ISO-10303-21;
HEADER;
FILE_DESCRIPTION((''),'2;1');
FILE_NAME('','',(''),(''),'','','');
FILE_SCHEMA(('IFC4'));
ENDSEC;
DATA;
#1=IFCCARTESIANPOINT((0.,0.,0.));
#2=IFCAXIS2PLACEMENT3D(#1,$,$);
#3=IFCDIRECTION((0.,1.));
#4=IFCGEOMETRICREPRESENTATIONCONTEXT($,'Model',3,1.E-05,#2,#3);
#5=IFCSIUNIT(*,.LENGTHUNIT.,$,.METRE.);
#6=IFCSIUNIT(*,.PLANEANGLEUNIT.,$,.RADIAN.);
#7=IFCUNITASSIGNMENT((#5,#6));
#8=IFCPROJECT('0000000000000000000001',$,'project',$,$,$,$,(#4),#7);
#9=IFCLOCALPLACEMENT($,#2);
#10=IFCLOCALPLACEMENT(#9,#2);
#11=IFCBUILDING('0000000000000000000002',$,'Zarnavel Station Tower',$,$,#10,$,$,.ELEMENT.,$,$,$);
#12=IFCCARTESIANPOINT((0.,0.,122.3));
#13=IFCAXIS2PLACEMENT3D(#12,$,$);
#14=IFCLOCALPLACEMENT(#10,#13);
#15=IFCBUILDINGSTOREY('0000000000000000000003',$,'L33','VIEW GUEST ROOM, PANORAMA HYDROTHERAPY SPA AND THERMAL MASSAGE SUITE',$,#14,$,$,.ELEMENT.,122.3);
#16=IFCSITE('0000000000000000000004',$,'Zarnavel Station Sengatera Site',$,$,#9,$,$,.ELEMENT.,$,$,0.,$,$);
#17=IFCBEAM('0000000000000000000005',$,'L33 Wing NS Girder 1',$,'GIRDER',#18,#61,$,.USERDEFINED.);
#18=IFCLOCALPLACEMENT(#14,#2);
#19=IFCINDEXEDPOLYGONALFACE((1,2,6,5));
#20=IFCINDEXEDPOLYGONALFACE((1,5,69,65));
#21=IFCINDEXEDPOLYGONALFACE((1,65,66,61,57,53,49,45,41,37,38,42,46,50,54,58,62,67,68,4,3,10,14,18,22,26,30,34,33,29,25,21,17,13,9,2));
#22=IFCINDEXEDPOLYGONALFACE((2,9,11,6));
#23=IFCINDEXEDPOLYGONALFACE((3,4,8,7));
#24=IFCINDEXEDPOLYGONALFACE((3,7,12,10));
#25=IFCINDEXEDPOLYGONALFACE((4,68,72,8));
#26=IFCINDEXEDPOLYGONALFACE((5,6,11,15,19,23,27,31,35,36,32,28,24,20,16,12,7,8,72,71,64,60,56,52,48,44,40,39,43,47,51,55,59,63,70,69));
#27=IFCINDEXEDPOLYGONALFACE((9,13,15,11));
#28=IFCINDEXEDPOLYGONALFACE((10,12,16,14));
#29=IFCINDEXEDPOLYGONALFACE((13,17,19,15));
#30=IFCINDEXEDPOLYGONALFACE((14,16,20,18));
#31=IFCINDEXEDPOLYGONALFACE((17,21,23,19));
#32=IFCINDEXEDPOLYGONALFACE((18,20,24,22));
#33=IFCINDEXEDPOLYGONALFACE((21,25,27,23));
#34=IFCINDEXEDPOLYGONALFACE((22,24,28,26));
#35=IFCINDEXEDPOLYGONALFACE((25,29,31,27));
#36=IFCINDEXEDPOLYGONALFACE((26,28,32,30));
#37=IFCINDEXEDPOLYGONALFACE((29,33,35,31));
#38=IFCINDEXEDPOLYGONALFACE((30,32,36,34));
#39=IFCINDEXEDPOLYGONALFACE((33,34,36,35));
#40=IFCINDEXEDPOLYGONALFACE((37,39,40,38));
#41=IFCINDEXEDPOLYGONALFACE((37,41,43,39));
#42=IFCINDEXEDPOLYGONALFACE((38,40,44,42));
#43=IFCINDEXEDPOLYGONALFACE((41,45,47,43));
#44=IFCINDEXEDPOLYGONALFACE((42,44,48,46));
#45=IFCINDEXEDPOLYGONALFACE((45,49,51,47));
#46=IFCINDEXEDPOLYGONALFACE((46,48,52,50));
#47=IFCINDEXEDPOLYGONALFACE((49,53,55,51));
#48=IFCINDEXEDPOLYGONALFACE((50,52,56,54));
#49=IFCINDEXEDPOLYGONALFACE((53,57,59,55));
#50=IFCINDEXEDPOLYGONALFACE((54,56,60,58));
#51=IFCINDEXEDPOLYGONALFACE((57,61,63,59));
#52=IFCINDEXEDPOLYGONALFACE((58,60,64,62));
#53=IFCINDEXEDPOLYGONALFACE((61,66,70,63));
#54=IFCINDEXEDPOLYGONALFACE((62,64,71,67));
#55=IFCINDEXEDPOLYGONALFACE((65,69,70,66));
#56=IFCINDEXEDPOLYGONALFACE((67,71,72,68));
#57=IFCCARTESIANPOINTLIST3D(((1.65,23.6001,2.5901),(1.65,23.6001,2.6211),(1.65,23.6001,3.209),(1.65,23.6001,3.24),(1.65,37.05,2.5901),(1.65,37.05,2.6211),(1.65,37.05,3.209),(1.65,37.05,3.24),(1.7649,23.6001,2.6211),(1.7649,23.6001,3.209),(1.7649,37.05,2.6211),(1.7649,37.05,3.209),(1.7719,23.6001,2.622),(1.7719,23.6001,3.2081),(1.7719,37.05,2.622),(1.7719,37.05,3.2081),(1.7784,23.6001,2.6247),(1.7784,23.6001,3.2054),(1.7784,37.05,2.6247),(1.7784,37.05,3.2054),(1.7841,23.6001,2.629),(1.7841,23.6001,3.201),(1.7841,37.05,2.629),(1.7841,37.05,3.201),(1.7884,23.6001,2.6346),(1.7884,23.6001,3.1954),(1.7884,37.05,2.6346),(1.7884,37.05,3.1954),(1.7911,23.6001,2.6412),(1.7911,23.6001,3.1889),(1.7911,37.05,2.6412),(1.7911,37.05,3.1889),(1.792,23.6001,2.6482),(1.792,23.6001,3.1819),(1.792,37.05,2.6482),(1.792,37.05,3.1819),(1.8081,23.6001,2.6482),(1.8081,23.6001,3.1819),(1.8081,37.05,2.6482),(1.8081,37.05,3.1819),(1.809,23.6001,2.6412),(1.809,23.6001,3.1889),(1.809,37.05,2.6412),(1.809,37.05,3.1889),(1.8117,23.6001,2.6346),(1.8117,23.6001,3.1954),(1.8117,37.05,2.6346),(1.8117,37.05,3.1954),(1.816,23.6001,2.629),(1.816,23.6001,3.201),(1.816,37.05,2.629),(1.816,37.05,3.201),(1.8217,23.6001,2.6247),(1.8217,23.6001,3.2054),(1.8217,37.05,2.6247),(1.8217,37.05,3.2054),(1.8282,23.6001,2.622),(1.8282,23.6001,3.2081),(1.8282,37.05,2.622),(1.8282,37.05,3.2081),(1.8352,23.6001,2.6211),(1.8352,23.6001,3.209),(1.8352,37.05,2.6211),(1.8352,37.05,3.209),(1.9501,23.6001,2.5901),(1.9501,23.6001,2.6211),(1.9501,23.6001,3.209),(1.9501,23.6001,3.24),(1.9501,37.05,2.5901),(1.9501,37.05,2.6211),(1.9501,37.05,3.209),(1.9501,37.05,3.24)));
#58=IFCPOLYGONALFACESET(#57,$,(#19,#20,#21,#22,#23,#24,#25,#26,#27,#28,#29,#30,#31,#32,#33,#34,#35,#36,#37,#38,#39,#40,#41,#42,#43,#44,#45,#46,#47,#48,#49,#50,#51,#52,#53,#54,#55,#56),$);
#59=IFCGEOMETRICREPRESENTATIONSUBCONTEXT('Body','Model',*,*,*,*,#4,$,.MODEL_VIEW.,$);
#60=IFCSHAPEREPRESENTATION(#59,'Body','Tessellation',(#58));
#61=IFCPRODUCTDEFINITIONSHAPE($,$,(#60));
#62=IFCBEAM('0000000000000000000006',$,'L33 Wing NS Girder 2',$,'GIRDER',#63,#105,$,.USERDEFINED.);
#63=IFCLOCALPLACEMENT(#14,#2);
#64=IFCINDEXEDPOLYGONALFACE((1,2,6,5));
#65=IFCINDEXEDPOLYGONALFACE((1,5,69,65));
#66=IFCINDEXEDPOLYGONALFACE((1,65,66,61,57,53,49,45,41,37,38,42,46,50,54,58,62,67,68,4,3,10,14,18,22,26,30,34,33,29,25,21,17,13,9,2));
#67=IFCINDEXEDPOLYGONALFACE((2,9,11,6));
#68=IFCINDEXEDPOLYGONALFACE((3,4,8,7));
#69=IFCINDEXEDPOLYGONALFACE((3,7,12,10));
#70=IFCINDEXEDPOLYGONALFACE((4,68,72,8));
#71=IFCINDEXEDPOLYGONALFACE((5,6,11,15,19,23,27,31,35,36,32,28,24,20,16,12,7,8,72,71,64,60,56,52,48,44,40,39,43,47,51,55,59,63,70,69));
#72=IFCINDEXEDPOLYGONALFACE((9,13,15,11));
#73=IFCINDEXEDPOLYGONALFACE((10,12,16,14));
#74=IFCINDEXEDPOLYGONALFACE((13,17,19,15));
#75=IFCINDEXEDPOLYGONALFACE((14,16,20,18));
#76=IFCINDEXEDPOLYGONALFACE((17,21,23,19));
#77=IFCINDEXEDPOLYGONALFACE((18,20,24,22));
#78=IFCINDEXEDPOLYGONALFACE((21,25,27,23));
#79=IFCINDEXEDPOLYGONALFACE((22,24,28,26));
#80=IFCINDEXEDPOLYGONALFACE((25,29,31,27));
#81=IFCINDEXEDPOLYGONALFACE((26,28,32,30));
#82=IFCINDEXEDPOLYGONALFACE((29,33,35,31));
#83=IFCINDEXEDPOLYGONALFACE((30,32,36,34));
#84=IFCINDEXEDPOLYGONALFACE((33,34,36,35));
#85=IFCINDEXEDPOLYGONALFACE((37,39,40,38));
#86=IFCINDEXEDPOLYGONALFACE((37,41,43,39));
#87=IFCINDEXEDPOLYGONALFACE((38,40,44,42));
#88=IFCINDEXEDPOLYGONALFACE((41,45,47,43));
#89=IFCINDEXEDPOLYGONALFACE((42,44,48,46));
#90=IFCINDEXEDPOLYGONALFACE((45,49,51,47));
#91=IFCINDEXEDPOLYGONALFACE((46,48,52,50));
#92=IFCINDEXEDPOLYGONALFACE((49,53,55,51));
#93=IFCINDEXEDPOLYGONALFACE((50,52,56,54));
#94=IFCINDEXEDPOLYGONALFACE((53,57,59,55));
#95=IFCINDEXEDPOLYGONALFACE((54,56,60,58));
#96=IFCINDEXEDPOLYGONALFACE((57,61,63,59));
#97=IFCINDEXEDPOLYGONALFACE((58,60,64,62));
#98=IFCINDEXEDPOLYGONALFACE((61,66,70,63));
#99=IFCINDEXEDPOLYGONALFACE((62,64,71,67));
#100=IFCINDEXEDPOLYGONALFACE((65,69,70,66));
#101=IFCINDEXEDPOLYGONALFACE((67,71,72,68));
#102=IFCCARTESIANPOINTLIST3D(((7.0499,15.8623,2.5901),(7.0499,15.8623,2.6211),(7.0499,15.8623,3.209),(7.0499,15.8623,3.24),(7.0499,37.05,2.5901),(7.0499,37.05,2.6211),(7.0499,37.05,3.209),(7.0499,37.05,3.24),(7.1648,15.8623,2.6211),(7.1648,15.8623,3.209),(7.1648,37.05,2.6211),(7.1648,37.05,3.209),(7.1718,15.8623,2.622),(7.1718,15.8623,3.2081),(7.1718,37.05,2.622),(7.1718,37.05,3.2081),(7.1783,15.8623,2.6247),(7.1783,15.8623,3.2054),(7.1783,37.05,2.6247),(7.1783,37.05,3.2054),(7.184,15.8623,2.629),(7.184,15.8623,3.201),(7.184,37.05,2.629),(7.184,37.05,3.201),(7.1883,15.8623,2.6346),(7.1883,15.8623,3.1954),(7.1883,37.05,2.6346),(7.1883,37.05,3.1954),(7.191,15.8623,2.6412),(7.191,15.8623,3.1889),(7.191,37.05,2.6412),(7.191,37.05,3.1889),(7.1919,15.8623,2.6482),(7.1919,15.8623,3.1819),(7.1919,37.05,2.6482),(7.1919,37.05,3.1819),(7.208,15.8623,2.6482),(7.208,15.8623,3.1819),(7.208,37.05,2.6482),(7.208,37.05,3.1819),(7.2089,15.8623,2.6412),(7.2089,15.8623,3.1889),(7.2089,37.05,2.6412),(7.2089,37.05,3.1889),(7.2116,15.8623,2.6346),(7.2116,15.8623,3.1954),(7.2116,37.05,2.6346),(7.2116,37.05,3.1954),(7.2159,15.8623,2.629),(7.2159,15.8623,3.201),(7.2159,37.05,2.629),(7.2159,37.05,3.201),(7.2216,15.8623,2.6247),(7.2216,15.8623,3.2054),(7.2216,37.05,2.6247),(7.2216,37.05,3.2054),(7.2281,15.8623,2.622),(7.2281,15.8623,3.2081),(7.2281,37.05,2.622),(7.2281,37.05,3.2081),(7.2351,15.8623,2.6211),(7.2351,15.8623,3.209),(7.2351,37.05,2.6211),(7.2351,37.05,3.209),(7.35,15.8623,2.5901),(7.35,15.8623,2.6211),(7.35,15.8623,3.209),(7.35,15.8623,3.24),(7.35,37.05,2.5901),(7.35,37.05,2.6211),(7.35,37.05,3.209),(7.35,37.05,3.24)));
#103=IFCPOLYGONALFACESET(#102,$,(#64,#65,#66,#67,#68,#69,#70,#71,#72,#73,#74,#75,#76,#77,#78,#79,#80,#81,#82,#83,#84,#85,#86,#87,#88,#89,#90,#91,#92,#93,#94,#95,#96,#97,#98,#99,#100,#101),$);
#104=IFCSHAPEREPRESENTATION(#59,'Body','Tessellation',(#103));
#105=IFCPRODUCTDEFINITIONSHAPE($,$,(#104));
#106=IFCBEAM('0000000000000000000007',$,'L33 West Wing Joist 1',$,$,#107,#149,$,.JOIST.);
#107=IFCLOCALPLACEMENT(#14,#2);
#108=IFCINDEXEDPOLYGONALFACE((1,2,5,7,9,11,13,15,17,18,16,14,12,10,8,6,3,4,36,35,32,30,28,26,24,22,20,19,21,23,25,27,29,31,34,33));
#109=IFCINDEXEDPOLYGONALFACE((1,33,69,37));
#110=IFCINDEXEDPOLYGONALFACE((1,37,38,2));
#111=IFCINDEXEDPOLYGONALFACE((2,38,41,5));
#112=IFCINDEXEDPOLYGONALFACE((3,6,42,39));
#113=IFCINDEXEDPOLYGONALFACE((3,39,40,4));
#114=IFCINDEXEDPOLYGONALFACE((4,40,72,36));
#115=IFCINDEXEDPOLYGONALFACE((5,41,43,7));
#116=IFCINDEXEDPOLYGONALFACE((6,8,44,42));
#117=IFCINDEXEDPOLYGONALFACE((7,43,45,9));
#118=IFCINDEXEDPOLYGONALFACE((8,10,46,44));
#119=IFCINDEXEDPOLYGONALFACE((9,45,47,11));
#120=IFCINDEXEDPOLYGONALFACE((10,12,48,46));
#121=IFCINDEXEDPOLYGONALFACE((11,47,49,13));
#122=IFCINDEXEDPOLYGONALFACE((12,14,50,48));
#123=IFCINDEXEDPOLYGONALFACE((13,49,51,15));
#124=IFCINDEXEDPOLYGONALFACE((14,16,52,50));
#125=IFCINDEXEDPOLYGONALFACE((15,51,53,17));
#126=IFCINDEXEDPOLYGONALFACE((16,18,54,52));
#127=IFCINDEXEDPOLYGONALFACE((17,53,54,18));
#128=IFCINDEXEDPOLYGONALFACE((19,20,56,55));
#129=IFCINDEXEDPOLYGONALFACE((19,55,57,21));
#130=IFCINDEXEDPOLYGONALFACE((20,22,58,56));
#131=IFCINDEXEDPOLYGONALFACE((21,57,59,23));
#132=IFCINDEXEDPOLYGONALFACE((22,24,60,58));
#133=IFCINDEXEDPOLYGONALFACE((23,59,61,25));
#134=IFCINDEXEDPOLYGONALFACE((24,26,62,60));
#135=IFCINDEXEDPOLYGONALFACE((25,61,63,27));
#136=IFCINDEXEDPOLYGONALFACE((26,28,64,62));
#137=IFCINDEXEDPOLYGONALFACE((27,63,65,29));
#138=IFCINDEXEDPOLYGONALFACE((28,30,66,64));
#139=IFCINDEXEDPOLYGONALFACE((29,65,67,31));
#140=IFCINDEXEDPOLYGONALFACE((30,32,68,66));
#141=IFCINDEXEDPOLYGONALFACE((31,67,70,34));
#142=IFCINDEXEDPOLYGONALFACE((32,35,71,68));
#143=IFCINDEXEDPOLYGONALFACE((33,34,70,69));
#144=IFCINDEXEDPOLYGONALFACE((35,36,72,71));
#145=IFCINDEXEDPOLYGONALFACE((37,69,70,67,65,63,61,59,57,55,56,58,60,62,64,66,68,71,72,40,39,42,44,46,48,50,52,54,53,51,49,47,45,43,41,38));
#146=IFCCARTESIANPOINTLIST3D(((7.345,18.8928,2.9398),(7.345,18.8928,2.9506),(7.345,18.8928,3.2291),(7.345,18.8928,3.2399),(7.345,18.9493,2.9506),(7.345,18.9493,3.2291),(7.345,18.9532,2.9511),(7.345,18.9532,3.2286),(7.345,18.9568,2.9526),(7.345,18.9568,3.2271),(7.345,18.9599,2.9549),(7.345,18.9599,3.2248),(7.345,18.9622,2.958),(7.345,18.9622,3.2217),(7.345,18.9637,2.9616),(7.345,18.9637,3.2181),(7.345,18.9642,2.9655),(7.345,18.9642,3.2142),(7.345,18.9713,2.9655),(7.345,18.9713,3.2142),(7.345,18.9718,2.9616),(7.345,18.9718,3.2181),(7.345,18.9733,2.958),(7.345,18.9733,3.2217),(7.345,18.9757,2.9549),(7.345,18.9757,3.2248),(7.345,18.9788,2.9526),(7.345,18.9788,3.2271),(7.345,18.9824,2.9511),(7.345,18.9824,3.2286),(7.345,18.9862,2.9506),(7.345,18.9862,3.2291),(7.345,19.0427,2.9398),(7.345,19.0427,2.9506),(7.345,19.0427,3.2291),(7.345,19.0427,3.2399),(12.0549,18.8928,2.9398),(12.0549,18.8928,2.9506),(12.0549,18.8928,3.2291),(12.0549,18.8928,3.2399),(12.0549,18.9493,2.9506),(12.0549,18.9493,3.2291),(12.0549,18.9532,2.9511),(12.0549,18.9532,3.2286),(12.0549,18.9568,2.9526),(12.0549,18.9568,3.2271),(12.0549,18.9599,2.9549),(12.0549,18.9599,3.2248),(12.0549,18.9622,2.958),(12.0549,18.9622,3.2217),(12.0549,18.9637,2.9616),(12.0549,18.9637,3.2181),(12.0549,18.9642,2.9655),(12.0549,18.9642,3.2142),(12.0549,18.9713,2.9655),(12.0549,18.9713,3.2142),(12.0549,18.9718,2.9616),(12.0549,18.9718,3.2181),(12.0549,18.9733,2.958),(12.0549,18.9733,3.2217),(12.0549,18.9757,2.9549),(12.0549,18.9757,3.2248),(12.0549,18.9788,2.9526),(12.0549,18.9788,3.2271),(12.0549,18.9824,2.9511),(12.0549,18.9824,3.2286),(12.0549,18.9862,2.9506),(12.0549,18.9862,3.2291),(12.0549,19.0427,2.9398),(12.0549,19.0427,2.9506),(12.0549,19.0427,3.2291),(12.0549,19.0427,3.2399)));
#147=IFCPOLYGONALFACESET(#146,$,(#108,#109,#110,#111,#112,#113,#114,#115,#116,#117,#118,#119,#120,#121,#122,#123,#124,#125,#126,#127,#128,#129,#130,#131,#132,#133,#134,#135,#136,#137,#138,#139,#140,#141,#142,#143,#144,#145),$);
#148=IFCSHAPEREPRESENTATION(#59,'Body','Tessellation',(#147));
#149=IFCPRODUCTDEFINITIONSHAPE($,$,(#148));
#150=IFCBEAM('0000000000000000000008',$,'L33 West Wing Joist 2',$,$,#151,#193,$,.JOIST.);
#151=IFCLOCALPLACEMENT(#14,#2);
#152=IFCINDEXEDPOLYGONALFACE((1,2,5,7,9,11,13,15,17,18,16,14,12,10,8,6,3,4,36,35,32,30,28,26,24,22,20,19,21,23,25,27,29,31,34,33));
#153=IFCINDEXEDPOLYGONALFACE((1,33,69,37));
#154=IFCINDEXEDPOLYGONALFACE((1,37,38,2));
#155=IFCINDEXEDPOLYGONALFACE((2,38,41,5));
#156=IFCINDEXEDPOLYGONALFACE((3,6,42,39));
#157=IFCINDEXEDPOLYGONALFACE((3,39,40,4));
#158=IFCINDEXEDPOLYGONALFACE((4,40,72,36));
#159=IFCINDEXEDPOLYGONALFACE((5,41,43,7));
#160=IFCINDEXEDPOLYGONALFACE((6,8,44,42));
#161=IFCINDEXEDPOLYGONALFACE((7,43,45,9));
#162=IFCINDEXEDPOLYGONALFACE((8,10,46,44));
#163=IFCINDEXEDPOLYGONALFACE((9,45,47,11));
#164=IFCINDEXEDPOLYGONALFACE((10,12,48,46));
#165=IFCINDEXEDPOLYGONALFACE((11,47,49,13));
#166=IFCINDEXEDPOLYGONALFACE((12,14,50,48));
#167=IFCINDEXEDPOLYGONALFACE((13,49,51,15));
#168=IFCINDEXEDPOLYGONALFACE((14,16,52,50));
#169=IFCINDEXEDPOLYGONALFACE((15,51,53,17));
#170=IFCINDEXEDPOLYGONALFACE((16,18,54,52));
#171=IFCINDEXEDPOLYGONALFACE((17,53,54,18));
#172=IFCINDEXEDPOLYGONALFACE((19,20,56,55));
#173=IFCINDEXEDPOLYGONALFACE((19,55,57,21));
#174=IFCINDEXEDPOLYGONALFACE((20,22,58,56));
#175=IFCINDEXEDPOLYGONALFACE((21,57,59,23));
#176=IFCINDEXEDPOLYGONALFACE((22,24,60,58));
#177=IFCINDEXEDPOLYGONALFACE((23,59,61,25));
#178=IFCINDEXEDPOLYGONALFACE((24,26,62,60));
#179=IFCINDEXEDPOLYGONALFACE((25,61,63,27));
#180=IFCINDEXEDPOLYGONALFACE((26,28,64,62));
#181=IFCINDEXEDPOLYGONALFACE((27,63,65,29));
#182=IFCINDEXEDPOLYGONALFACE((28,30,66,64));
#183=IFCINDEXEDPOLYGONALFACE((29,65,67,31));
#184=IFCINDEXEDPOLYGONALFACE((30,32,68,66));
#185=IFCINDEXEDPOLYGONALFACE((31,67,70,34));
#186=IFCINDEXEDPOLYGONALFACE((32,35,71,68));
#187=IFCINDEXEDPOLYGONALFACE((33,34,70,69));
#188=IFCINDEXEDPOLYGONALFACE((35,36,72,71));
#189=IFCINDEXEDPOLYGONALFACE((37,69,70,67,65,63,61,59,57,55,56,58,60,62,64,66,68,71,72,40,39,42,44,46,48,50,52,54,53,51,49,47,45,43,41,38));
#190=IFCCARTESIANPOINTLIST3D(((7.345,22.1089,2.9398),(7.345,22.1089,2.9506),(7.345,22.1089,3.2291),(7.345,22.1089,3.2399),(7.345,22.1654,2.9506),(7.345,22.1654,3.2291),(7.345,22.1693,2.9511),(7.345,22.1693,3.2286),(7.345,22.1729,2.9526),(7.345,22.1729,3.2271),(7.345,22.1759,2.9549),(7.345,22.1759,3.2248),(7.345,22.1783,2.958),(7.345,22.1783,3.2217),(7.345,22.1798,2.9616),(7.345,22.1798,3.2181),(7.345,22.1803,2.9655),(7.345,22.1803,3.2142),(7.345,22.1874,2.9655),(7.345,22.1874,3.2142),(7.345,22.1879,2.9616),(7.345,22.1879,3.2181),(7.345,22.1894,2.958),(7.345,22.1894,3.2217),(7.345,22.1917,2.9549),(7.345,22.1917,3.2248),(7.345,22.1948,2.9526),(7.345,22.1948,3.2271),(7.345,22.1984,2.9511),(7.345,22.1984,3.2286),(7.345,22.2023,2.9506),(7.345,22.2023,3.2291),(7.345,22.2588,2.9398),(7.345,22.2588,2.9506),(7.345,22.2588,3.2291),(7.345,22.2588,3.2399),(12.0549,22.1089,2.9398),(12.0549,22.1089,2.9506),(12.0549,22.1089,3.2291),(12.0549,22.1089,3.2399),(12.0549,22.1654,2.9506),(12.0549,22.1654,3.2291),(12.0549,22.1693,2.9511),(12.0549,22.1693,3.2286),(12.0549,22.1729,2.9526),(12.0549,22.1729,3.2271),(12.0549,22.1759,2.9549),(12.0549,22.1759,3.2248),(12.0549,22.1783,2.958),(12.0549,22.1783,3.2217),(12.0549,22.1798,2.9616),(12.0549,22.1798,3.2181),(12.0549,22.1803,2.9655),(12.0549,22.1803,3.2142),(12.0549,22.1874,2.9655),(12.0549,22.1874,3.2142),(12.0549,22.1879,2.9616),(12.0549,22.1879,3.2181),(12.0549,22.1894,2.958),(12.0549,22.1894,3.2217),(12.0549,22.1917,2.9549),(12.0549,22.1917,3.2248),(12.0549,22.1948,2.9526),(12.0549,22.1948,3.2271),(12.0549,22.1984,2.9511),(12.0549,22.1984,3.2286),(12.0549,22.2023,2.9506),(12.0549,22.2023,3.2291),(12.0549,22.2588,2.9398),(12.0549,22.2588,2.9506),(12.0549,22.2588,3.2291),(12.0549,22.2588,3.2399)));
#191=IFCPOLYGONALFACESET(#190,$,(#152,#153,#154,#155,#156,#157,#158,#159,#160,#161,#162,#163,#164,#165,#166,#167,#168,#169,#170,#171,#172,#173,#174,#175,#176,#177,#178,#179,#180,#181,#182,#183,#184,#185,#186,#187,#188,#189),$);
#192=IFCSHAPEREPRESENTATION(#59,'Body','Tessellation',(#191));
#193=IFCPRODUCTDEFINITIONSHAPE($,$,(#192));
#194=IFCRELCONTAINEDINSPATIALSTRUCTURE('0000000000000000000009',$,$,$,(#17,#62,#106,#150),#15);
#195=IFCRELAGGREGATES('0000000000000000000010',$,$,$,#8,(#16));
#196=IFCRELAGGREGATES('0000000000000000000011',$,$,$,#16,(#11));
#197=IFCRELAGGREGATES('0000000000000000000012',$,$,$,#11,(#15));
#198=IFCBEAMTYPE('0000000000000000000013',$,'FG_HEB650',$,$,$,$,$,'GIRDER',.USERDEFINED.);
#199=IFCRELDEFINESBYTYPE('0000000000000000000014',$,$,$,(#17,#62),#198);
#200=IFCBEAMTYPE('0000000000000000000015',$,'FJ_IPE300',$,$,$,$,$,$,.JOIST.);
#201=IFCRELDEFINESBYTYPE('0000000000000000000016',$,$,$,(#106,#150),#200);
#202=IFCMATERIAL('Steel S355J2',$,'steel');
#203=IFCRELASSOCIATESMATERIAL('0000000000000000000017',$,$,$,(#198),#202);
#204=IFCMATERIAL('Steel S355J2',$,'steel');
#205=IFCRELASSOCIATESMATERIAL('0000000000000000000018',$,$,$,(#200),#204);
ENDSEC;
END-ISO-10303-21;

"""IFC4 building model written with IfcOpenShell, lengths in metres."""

from ifc_helpers import new_model, si_unit, direction, frame, origin, origin_2d, place, context, subcontext, project, spatial, i_section, extrude, material, material_profile, profile_set, type_object, element, save


model = new_model("IFC4")

# Units and contexts
model_context = context("Model", 3, precision=1e-05, world=origin(), true_north=direction((0.0, 1.0)))
body_context = subcontext(model_context, "Body", "Model", "MODEL_VIEW")
ifc_project = project(units=[si_unit("LENGTHUNIT", "METRE"), si_unit("PLANEANGLEUNIT", "RADIAN")], contexts=[model_context])

# Site, building, storey
site_placement = place(None, origin())
site = spatial("IfcSite", under=ifc_project, at=site_placement, Name="Zarnavel Station Sengatera Site", CompositionType="ELEMENT", RefElevation=0.0)
building_placement = place(site_placement, origin())
building = spatial("IfcBuilding", under=site, at=building_placement, Name="Zarnavel Station Tower", CompositionType="ELEMENT")
storey_placement = place(building_placement, frame((0.0, 0.0, 122.3)))
storey = spatial("IfcBuildingStorey", under=building, at=storey_placement, Name="L33", Description="VIEW GUEST ROOM, PANORAMA HYDROTHERAPY SPA AND THERMAL MASSAGE SUITE", CompositionType="ELEMENT", Elevation=122.3)

# Beams
ifc_material_1 = material(Name="Steel S355J2", Category="steel")
ifc_material_profile_1 = material_profile(ifc_material_1, i_section(OverallWidth=0.3, OverallDepth=0.6499, WebThickness=0.0161, FlangeThickness=0.031, FilletRadius=0.0271, at=origin_2d()), Name="HEB650")
ifc_profile_set_1 = profile_set([ifc_material_profile_1], Name="Steel S355J2")
beam_type_1 = type_object("IfcBeamType", Name="FG_HEB650", ElementType="GIRDER", PredefinedType="USERDEFINED", material=ifc_profile_set_1)
beam_1_placement = place(storey_placement, frame((1.8, 23.6001, 2.915), z_axis=(0.0, 1.0, 0.0), x_axis=(-1.0, 0.0, 0.0)))
element("IfcBeam", 1, at=beam_1_placement, inside=storey, type_object=beam_type_1, Name="L33 Wing NS Girder 1", ObjectType="GIRDER", PredefinedType="USERDEFINED", context=body_context, shape_type="SweptSolid", body=[
    extrude(i_section(OverallWidth=0.3, OverallDepth=0.6499, WebThickness=0.0161, FlangeThickness=0.031, FilletRadius=0.0271, at=origin_2d()), origin(), (0.0, 0.0, 1.0), 13.45),
])
beam_2_placement = place(storey_placement, frame((7.2, 15.8623, 2.915), z_axis=(0.0, 1.0, 0.0), x_axis=(-1.0, 0.0, 0.0)))
element("IfcBeam", 2, at=beam_2_placement, inside=storey, type_object=beam_type_1, Name="L33 Wing NS Girder 2", ObjectType="GIRDER", PredefinedType="USERDEFINED", context=body_context, shape_type="SweptSolid", body=[
    extrude(i_section(OverallWidth=0.3, OverallDepth=0.6499, WebThickness=0.0161, FlangeThickness=0.031, FilletRadius=0.0271, at=origin_2d()), origin(), (0.0, 0.0, 1.0), 21.1877),
])
ifc_material_2 = material(Name="Steel S355J2", Category="steel")
ifc_material_profile_2 = material_profile(ifc_material_2, i_section(OverallWidth=0.1499, OverallDepth=0.3, WebThickness=0.0071, FlangeThickness=0.0107, FilletRadius=0.0149, at=origin_2d()), Name="IPE300")
ifc_profile_set_2 = profile_set([ifc_material_profile_2], Name="Steel S355J2")
beam_type_2 = type_object("IfcBeamType", Name="FJ_IPE300", PredefinedType="JOIST", material=ifc_profile_set_2)
for number, where, z_axis, x_axis, name in (
    (3, (7.345, 18.9678, 3.0898), (1.0, 0.0, 0.0), (0.0, 1.0, 0.0), "L33 West Wing Joist 1"),
    (4, (7.345, 22.1838, 3.0898), (1.0, 0.0, 0.0), (0.0, 1.0, 0.0), "L33 West Wing Joist 2"),
):
    element("IfcBeam", number, at=place(storey_placement, frame(where, z_axis=z_axis, x_axis=x_axis)), inside=storey, type_object=beam_type_2, Name=name, PredefinedType="JOIST", context=body_context, shape_type="SweptSolid", body=[
        extrude(i_section(OverallWidth=0.1499, OverallDepth=0.3, WebThickness=0.0071, FlangeThickness=0.0107, FilletRadius=0.0149, at=origin_2d()), origin(), (0.0, 0.0, 1.0), 4.71),
    ])

save(model, "model.ifc")
